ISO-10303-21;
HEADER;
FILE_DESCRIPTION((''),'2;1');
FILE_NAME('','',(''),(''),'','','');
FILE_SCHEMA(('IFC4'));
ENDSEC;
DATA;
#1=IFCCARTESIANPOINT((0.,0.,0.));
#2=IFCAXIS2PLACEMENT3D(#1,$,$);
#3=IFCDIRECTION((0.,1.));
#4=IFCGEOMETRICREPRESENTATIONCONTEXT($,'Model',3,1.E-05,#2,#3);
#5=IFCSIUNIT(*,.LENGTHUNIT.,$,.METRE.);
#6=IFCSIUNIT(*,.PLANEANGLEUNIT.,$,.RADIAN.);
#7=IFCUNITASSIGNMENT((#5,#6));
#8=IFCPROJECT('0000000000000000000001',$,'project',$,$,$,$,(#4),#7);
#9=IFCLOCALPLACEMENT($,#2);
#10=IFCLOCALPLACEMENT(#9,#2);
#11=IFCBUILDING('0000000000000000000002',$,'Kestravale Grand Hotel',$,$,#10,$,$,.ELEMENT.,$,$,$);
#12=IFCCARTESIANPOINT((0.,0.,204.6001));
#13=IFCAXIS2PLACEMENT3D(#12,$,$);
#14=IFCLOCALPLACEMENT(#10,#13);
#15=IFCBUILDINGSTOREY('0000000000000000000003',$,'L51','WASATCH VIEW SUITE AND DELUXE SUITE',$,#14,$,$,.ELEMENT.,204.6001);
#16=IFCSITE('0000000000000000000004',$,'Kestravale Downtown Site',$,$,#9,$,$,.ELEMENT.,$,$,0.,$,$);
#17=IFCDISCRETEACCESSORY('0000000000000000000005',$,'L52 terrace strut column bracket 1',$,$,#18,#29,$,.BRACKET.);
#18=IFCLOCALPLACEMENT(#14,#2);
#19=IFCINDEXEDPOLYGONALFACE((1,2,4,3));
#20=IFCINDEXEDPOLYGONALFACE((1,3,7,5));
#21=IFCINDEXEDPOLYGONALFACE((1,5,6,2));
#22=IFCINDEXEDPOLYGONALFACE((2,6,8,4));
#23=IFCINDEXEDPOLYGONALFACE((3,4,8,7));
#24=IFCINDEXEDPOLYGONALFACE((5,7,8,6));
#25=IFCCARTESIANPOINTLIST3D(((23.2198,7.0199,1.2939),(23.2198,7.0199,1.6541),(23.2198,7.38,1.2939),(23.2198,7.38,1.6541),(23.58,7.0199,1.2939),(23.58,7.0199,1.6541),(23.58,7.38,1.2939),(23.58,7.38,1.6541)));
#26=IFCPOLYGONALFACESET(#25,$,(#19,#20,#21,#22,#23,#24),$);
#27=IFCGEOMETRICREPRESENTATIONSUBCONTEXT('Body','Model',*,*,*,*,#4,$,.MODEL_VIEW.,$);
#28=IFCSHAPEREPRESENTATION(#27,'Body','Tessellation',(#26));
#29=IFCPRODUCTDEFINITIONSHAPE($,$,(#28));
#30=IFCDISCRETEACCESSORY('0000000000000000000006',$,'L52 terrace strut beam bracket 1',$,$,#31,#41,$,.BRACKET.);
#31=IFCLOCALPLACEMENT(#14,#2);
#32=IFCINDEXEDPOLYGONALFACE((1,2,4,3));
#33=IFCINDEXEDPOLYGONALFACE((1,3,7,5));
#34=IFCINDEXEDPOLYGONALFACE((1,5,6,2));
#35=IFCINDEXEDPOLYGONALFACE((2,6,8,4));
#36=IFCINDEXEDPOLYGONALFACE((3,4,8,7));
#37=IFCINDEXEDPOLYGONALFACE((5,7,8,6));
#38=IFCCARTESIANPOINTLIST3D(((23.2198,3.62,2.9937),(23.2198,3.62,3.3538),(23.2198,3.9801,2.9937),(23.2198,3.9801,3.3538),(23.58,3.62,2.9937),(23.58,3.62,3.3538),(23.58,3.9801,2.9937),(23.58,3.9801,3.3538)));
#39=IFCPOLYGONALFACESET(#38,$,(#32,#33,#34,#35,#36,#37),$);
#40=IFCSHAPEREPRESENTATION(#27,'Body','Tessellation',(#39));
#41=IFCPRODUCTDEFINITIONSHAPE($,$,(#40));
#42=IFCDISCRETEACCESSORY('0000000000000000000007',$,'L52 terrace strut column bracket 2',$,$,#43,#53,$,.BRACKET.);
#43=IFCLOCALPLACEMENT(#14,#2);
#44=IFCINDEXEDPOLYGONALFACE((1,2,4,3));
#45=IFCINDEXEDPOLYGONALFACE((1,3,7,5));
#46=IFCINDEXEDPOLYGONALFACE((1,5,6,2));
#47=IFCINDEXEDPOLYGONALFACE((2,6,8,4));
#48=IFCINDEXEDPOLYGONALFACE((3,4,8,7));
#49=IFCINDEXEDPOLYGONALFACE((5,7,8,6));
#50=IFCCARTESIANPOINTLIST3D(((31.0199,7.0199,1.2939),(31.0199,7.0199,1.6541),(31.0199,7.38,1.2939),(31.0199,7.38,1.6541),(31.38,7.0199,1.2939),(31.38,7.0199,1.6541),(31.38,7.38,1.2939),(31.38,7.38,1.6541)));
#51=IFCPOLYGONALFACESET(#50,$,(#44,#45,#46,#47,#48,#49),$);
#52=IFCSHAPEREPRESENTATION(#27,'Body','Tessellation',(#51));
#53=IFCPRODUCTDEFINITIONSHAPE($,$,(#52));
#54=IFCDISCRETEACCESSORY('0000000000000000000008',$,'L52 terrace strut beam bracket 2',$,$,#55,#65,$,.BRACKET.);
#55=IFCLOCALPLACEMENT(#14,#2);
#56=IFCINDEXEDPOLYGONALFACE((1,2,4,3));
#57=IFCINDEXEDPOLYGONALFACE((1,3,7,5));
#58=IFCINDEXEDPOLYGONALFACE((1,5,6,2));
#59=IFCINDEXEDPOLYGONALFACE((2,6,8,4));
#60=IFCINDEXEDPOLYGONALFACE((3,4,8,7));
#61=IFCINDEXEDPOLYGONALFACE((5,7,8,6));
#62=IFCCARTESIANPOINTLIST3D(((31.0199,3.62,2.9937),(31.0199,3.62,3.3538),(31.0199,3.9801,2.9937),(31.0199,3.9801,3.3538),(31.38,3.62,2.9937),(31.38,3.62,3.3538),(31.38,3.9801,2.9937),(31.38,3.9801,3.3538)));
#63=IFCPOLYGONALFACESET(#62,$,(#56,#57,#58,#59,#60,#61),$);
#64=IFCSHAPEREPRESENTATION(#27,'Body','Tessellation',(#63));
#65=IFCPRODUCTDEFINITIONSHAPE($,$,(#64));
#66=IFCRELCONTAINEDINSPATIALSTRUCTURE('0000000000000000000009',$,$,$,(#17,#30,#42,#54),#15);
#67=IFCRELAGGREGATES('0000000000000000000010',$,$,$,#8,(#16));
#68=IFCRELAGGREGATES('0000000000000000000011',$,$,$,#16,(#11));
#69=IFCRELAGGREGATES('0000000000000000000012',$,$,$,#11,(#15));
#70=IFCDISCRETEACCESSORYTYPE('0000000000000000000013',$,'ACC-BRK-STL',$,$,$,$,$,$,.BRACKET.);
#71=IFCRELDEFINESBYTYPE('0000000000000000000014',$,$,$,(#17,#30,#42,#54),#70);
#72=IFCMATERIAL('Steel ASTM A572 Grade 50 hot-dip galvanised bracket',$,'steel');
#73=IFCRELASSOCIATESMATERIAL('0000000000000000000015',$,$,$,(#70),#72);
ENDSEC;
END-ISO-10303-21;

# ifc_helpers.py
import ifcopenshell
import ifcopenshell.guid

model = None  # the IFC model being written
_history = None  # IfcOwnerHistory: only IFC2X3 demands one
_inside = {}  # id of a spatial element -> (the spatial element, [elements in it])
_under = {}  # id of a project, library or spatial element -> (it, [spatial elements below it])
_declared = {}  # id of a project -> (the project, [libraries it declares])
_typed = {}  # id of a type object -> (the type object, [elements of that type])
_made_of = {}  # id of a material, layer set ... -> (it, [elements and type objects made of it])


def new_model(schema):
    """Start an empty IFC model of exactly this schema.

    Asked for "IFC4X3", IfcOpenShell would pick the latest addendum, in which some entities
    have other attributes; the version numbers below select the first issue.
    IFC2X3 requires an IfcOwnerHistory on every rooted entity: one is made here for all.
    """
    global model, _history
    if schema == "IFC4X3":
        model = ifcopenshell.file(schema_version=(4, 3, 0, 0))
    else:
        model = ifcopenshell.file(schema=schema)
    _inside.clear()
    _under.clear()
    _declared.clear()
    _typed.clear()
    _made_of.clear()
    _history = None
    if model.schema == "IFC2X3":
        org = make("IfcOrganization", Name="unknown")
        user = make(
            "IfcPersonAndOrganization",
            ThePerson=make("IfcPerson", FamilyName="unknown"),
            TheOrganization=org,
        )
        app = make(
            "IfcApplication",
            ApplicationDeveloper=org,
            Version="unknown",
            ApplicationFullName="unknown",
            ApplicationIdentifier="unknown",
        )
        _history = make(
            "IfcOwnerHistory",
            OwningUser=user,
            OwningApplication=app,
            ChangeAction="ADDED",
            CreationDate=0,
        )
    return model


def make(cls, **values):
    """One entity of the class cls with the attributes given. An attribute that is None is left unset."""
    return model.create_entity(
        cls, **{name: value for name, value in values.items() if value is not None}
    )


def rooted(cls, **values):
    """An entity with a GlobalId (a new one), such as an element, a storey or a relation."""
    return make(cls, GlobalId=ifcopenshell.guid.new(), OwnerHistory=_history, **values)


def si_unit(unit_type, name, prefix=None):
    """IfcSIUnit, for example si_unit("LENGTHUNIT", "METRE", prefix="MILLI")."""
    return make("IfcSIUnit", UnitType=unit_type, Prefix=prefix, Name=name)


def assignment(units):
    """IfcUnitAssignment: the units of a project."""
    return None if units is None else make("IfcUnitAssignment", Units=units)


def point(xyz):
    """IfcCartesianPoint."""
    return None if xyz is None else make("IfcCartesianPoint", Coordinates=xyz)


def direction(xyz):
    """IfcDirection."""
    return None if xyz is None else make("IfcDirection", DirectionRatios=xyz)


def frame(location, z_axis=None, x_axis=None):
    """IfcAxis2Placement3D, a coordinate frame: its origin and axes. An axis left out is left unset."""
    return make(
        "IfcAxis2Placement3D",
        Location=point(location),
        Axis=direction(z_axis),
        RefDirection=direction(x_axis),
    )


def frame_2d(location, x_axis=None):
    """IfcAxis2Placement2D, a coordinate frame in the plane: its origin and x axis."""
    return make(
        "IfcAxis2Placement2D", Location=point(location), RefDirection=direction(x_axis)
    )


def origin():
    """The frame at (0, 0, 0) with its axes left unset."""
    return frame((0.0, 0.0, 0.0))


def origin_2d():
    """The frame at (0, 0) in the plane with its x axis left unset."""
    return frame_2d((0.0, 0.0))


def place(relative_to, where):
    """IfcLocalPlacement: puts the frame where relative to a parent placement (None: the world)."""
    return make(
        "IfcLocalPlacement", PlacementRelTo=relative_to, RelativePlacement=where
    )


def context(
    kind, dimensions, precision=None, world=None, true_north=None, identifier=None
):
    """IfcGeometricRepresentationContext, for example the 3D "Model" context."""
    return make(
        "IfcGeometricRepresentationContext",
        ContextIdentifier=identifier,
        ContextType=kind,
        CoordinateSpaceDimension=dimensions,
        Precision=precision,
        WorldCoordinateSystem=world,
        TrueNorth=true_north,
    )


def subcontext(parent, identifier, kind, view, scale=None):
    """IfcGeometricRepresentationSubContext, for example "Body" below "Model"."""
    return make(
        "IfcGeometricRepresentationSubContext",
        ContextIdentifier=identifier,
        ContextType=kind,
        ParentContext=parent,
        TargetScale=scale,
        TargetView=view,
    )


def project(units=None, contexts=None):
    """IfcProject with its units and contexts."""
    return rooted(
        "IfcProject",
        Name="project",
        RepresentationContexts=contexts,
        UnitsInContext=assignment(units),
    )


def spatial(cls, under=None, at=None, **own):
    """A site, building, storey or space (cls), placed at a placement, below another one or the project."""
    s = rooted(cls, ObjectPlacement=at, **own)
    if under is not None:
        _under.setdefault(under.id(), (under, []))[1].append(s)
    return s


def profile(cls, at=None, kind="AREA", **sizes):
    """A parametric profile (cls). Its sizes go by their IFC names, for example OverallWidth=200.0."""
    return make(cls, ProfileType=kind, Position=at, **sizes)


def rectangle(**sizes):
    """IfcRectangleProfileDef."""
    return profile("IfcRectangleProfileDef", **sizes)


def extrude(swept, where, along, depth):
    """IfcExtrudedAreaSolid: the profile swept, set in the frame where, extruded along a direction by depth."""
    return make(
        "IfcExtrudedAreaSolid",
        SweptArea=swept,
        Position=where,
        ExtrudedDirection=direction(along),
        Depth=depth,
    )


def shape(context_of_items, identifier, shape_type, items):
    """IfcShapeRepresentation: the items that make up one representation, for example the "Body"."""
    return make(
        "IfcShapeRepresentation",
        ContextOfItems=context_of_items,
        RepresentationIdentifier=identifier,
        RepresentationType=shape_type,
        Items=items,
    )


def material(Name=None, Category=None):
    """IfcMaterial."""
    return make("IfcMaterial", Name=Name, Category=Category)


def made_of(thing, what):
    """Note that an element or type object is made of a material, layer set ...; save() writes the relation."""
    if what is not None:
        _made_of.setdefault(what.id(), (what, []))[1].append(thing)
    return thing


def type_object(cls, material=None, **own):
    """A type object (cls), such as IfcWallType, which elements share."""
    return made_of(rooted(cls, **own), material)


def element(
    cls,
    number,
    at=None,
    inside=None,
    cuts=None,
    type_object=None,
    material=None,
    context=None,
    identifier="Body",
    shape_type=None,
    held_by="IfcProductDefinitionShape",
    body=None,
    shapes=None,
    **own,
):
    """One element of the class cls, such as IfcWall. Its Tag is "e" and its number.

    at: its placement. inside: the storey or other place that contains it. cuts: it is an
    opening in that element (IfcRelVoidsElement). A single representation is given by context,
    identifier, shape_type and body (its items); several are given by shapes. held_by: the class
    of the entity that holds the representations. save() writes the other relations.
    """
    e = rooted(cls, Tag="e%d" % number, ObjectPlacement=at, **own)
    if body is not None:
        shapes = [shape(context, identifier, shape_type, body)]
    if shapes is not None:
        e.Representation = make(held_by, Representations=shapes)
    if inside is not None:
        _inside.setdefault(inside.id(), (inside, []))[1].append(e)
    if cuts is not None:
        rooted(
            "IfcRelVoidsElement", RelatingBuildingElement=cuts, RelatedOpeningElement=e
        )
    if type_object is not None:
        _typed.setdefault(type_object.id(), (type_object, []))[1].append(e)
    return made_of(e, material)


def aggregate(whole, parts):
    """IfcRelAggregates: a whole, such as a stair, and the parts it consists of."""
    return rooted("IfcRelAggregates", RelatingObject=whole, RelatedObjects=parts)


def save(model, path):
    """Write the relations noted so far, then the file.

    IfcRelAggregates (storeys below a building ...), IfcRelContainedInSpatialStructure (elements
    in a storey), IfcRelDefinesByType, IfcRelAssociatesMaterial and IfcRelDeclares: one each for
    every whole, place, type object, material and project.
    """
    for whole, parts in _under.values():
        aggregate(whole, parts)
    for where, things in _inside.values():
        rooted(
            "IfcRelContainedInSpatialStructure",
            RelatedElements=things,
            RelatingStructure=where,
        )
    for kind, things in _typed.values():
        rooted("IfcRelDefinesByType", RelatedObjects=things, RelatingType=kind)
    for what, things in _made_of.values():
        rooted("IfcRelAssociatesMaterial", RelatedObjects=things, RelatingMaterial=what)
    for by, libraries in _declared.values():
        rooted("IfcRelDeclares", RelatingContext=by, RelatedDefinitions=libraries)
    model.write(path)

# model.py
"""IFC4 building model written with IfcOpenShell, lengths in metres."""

from ifc_helpers import new_model, si_unit, direction, frame, origin, origin_2d, place, context, subcontext, project, spatial, rectangle, extrude, material, type_object, element, save


model = new_model("IFC4")

# Units and contexts
model_context = context("Model", 3, precision=1e-05, world=origin(), true_north=direction((0.0, 1.0)))
body_context = subcontext(model_context, "Body", "Model", "MODEL_VIEW")
ifc_project = project(units=[si_unit("LENGTHUNIT", "METRE"), si_unit("PLANEANGLEUNIT", "RADIAN")], contexts=[model_context])

# Site, building, storey
site_placement = place(None, origin())
site = spatial("IfcSite", under=ifc_project, at=site_placement, Name="Kestravale Downtown Site", CompositionType="ELEMENT", RefElevation=0.0)
building_placement = place(site_placement, origin())
building = spatial("IfcBuilding", under=site, at=building_placement, Name="Kestravale Grand Hotel", CompositionType="ELEMENT")
storey_placement = place(building_placement, frame((0.0, 0.0, 204.6001)))
storey = spatial("IfcBuildingStorey", under=building, at=storey_placement, Name="L51", Description="WASATCH VIEW SUITE AND DELUXE SUITE", CompositionType="ELEMENT", Elevation=204.6001)

# Discrete accessories
ifc_material_1 = material(Name="Steel ASTM A572 Grade 50 hot-dip galvanised bracket", Category="steel")
discrete_accessory_type = type_object("IfcDiscreteAccessoryType", Name="ACC-BRK-STL", PredefinedType="BRACKET", material=ifc_material_1)
for number, where, z_axis, x_axis, name in (
    (1, (23.3999, 7.2, 1.2939), (0.0, 0.0, 1.0), (1.0, 0.0, 0.0), "L52 terrace strut column bracket 1"),
    (2, (23.3999, 3.8, 2.9937), (0.0, 0.0, 1.0), (1.0, 0.0, 0.0), "L52 terrace strut beam bracket 1"),
    (3, (31.2, 7.2, 1.2939), (0.0, 0.0, 1.0), (1.0, 0.0, 0.0), "L52 terrace strut column bracket 2"),
    (4, (31.2, 3.8, 2.9937), (0.0, 0.0, 1.0), (1.0, 0.0, 0.0), "L52 terrace strut beam bracket 2"),
):
    element("IfcDiscreteAccessory", number, at=place(storey_placement, frame(where, z_axis=z_axis, x_axis=x_axis)), inside=storey, type_object=discrete_accessory_type, Name=name, PredefinedType="BRACKET", context=body_context, shape_type="SweptSolid", body=[
        extrude(rectangle(XDim=0.3601, YDim=0.3601, at=origin_2d()), origin(), (0.0, 0.0, 1.0), 0.3601),
    ])

save(model, "model.ifc")
